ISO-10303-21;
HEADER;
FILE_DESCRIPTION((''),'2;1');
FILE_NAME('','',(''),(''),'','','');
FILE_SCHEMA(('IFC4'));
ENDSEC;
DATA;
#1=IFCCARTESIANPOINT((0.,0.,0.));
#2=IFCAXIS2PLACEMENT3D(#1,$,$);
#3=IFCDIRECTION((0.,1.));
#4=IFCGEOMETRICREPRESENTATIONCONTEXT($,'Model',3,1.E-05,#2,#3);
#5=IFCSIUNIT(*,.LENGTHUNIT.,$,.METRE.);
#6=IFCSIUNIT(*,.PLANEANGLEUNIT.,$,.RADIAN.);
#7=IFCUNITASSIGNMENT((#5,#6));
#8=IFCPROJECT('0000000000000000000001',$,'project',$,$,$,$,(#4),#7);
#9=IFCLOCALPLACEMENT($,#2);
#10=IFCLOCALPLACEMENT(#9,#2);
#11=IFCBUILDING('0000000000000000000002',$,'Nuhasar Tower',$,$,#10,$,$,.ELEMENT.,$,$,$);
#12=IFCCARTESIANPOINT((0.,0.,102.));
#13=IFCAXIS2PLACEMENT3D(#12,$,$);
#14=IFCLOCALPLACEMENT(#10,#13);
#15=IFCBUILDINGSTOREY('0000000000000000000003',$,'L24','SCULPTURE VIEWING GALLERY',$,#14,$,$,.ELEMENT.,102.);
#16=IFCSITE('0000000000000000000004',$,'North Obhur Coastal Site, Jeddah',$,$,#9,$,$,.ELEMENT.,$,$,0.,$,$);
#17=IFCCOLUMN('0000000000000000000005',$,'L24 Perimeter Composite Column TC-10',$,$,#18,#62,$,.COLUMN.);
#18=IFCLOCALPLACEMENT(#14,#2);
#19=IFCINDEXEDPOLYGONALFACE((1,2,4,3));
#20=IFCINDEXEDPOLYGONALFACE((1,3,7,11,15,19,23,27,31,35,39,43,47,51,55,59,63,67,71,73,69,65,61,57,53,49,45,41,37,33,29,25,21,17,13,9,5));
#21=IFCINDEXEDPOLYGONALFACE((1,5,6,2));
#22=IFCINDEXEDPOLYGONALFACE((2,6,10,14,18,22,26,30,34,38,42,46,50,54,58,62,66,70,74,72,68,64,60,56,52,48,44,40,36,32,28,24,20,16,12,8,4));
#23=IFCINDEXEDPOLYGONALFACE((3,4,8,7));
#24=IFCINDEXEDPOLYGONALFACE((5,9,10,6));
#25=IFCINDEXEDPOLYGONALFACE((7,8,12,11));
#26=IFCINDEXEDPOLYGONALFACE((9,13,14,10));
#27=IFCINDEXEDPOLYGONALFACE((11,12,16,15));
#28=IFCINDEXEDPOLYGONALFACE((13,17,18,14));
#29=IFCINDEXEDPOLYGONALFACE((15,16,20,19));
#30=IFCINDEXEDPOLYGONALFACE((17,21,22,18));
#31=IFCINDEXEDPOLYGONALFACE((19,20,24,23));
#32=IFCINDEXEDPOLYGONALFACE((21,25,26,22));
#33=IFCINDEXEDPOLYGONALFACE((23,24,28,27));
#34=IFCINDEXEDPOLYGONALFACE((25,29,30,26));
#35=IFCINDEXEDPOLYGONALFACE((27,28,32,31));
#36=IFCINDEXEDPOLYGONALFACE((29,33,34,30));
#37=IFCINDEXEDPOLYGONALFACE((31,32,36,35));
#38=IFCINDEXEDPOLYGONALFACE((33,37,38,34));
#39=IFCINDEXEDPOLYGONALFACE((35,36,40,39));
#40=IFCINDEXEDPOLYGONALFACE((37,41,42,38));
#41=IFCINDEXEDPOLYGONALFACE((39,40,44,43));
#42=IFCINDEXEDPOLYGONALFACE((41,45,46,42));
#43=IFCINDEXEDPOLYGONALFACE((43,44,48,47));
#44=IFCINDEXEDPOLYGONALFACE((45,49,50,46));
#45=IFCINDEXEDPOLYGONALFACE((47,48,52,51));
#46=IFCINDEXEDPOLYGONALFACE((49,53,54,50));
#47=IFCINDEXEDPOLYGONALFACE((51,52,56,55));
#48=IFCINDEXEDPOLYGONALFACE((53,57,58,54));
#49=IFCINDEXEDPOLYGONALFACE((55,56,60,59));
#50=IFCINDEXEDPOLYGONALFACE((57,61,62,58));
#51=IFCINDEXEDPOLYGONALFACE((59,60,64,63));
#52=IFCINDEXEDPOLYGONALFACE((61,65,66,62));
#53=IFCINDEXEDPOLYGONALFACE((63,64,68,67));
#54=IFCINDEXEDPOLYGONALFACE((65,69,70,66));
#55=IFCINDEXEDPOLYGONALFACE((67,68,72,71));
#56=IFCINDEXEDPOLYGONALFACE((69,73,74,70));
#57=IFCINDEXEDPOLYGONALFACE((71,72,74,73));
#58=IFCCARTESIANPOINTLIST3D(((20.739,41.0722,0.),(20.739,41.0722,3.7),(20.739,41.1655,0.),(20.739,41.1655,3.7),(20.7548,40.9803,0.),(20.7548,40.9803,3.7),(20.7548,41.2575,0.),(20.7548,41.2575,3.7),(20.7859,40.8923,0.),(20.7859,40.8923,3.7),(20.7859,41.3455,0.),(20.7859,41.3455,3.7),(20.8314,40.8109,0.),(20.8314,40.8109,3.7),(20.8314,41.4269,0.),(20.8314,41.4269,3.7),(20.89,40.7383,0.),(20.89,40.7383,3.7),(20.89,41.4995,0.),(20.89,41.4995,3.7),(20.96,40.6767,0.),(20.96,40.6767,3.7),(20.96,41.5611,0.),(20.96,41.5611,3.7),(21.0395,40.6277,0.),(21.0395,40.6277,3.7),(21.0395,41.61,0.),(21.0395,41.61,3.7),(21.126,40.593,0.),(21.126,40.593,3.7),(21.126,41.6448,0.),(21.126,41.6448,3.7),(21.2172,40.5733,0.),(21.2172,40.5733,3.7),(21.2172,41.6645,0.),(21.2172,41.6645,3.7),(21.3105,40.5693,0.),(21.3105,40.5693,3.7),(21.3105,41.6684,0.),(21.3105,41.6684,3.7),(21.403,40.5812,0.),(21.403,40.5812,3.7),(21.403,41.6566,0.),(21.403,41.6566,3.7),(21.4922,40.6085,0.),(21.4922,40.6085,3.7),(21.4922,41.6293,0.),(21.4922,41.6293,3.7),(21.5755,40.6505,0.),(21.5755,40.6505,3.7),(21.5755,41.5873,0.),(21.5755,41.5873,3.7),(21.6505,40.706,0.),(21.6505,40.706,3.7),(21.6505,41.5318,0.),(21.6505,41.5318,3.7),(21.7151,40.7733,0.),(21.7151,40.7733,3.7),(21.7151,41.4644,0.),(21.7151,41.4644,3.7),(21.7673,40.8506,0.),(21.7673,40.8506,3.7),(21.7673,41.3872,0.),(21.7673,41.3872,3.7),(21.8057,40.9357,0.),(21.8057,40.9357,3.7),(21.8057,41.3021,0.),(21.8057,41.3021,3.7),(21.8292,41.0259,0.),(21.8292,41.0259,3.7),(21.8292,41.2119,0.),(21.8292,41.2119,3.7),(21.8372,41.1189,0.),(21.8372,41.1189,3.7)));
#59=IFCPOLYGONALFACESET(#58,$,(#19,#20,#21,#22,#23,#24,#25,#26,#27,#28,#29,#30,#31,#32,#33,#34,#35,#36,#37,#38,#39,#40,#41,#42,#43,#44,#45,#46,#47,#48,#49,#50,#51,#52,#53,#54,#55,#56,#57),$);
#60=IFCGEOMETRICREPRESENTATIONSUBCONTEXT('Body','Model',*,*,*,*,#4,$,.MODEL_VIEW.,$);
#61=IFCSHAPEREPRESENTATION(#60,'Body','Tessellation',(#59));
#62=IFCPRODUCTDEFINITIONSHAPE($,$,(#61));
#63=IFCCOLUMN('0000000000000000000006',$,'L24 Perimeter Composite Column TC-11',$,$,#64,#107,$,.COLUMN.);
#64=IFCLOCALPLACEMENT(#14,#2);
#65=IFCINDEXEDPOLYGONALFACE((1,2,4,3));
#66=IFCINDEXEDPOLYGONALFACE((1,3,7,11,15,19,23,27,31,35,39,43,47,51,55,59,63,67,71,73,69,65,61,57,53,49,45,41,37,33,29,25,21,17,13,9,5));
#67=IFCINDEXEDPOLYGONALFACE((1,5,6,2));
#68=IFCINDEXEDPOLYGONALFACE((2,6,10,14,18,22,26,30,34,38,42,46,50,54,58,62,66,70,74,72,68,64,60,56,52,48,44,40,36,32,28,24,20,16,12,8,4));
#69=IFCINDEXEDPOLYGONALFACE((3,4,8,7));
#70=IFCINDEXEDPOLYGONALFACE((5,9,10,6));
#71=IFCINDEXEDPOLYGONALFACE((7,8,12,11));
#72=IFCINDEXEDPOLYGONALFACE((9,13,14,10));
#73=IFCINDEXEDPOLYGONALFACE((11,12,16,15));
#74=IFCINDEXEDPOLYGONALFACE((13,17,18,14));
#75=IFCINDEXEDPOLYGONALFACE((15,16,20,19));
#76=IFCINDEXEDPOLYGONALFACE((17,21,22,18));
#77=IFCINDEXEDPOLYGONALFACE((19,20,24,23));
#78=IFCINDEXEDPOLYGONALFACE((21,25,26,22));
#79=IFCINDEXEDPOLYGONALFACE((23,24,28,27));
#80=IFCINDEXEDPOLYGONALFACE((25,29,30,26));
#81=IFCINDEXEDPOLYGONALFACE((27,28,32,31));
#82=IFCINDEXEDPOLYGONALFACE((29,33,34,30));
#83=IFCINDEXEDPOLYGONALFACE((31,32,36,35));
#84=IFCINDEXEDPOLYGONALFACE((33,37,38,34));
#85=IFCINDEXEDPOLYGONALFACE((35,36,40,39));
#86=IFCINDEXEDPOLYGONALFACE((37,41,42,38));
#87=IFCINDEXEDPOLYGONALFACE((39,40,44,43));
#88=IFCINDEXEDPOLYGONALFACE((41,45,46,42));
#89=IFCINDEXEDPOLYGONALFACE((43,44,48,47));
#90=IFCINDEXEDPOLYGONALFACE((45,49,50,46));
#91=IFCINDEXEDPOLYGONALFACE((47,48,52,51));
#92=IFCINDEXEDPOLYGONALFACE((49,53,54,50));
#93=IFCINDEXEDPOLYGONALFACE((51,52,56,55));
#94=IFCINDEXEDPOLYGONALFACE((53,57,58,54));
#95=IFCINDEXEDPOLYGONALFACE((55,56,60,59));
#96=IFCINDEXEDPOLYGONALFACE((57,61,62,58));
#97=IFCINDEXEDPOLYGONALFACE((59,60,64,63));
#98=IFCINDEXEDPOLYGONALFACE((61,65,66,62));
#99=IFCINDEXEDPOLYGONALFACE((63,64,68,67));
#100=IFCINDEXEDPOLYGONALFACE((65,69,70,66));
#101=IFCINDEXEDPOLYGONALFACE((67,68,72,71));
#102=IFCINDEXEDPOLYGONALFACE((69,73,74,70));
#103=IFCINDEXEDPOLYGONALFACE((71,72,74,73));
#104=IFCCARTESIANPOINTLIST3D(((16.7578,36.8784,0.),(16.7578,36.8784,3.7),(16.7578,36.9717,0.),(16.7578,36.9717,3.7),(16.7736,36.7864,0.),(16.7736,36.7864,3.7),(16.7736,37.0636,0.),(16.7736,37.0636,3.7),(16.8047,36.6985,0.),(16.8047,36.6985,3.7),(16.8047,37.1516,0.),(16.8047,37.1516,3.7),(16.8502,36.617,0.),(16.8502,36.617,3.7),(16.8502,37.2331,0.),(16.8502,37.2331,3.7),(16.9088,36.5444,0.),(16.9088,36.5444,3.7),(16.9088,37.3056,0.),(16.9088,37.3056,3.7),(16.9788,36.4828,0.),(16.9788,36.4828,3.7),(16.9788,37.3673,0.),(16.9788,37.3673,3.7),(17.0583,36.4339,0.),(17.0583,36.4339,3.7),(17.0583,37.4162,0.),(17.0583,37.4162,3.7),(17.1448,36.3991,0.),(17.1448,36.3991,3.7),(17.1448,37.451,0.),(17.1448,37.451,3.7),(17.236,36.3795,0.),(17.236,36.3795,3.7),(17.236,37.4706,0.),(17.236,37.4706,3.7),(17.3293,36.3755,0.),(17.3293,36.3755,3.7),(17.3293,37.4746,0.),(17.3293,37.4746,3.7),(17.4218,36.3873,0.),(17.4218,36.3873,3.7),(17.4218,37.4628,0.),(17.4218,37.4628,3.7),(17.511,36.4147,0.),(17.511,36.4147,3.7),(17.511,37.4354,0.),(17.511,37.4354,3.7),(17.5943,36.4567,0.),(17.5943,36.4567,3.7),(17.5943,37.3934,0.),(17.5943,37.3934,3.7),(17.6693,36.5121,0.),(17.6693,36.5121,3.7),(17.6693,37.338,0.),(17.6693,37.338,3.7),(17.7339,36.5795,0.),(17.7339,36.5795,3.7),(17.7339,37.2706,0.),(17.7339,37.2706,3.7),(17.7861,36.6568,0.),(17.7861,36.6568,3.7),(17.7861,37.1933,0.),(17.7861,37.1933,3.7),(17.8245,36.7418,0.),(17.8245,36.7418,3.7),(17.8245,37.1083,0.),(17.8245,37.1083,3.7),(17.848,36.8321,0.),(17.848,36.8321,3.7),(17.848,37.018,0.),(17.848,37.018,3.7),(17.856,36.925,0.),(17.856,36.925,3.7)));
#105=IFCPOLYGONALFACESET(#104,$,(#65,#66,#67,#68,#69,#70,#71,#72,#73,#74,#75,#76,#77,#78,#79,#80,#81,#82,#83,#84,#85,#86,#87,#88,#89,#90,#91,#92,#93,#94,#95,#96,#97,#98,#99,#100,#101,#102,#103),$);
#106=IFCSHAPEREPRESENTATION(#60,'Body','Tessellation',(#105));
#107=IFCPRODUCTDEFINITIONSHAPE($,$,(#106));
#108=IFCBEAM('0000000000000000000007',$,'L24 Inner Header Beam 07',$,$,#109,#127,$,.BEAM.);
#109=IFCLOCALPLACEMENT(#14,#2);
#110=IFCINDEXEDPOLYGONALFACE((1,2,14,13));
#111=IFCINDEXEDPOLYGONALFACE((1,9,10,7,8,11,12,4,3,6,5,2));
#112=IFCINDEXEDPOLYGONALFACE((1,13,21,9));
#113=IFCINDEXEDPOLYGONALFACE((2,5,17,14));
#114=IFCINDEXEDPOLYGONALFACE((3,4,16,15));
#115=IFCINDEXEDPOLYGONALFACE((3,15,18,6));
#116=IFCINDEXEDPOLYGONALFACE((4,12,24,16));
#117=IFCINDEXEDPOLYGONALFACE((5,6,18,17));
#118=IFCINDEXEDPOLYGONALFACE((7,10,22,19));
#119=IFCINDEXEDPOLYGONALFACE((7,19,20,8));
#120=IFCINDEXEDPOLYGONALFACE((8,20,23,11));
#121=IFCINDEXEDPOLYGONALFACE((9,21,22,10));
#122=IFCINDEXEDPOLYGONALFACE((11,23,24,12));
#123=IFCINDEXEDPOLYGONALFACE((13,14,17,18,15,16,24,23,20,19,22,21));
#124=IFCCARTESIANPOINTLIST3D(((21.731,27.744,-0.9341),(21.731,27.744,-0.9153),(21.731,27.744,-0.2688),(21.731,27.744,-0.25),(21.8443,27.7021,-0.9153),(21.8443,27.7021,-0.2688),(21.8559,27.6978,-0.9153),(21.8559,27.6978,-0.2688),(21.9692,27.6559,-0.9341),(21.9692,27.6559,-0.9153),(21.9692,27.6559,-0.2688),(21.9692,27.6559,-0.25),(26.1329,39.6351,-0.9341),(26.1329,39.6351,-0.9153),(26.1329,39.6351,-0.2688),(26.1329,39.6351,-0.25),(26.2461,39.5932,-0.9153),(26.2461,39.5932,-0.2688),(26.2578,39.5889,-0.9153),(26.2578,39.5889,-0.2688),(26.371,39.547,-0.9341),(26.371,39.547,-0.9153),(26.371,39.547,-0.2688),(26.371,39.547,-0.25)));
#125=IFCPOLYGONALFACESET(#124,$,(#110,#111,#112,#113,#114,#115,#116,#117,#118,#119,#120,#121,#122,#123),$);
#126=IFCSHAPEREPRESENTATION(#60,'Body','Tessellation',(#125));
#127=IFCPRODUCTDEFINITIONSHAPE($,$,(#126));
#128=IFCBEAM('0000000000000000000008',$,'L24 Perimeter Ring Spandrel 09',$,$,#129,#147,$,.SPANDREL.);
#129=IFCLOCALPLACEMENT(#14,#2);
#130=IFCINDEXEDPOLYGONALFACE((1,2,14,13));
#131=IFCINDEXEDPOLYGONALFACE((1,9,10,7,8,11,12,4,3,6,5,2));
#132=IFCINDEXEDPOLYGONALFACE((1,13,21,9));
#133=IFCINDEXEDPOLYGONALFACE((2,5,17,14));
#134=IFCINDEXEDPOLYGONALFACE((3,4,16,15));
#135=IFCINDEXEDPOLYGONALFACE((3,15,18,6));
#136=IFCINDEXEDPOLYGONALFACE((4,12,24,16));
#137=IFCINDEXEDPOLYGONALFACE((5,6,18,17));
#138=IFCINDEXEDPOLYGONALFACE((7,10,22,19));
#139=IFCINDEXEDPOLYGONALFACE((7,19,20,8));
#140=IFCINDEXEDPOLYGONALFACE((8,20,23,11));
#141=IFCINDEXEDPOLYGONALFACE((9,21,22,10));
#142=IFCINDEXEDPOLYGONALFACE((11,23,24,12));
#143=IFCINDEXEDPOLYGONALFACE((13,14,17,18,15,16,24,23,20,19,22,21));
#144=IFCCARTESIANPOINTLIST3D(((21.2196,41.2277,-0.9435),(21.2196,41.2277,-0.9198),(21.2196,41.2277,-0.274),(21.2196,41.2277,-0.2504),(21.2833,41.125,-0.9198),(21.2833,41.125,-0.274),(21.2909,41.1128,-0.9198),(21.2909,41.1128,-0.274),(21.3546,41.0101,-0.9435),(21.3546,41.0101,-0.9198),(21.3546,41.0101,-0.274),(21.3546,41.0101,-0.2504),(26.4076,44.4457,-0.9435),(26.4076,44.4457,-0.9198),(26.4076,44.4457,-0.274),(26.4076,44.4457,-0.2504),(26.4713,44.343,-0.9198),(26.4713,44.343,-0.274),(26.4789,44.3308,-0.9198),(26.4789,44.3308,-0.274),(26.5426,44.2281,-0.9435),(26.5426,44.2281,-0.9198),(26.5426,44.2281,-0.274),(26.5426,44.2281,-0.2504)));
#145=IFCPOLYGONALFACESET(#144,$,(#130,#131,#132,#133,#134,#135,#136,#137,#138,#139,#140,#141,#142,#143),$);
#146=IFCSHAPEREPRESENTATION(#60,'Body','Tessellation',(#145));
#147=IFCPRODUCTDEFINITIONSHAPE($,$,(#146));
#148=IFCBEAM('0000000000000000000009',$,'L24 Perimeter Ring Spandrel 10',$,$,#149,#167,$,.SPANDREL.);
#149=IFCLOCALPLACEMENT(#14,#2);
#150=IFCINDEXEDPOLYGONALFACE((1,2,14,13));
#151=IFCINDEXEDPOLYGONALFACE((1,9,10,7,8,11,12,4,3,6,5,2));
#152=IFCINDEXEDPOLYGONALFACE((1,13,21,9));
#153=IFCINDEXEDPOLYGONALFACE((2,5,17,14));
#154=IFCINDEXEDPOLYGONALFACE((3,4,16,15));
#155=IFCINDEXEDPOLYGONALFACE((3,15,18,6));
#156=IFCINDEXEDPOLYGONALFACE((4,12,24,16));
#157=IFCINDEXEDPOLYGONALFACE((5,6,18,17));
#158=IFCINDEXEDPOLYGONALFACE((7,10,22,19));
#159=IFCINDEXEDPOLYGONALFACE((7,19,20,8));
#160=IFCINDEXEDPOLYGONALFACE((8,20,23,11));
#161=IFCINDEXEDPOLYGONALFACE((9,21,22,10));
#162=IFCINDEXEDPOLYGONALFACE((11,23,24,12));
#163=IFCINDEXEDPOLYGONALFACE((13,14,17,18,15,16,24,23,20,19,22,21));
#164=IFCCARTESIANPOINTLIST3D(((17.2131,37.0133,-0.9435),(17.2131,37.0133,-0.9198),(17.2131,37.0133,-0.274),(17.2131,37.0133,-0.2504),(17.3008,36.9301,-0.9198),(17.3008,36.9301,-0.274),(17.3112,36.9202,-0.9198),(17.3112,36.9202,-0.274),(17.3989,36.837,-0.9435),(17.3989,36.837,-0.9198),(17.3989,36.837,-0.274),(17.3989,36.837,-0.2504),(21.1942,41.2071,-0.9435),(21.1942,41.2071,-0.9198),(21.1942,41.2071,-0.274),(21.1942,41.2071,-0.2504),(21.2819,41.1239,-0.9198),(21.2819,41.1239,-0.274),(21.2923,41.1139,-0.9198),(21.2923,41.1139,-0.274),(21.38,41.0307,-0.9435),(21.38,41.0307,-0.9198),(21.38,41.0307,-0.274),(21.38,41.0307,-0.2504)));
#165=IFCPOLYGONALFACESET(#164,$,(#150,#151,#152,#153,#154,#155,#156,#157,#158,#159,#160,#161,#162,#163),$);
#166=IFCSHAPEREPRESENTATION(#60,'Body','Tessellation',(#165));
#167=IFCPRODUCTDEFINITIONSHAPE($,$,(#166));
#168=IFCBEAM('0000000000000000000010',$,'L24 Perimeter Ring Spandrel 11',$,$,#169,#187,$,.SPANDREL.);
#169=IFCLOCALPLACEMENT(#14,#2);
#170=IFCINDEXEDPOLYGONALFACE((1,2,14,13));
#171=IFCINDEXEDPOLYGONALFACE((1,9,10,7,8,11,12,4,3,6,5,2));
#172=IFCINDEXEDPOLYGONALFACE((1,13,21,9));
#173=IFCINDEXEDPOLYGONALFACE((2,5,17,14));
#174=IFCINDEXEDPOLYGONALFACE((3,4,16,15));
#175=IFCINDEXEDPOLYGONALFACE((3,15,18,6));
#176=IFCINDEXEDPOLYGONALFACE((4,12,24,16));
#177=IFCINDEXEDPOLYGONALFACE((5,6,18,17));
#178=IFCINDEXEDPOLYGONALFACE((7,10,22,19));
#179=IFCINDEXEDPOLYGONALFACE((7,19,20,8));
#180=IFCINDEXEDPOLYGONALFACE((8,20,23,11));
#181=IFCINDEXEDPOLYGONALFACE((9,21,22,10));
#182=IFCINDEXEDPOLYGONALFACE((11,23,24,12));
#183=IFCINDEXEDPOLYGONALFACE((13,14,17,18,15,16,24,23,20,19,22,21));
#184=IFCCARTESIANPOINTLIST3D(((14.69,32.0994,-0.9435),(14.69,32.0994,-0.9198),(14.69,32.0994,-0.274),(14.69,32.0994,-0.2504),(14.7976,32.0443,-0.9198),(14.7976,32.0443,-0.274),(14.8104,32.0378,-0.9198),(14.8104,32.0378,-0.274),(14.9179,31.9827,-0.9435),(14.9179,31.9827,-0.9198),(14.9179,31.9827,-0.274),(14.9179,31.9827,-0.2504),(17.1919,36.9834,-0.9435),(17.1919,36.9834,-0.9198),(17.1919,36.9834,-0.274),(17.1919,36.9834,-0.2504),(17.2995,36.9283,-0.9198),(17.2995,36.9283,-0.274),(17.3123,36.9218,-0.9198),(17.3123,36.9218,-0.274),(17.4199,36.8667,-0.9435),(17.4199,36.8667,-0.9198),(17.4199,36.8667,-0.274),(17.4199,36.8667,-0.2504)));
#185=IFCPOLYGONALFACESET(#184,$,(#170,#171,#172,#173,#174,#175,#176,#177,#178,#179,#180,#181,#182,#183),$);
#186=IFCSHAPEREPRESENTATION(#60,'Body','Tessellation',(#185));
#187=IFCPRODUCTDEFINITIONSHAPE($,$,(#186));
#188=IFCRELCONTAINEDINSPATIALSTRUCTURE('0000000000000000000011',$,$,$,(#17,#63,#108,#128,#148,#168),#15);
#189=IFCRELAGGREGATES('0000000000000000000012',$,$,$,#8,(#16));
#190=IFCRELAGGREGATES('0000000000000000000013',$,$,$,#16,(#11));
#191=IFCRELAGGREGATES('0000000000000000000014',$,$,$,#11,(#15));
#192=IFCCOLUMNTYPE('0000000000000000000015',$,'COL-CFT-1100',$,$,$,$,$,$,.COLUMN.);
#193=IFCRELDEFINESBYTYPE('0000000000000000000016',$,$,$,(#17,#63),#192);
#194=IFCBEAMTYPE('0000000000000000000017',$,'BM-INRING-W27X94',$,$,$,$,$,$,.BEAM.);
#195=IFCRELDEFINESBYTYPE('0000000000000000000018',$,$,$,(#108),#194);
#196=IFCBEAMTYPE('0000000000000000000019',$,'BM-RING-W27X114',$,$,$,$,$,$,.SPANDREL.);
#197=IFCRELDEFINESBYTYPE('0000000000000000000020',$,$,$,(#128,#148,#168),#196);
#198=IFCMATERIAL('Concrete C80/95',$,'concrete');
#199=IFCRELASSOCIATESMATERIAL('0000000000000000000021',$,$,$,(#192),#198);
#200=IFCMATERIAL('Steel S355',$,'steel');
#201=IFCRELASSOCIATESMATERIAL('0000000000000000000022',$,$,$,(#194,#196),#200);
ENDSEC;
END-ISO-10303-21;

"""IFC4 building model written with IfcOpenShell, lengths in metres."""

from ifc_helpers import new_model, si_unit, direction, frame, origin, origin_2d, place, context, subcontext, project, spatial, circle, i_section, extrude, material, material_profile, profile_set, type_object, element, save


model = new_model("IFC4")

# Units and contexts
model_context = context("Model", 3, precision=1e-05, world=origin(), true_north=direction((0.0, 1.0)))
body_context = subcontext(model_context, "Body", "Model", "MODEL_VIEW")
ifc_project = project(units=[si_unit("LENGTHUNIT", "METRE"), si_unit("PLANEANGLEUNIT", "RADIAN")], contexts=[model_context])

# Site, building, storey
site_placement = place(None, origin())
site = spatial("IfcSite", under=ifc_project, at=site_placement, Name="North Obhur Coastal Site, Jeddah", CompositionType="ELEMENT", RefElevation=0.0)
building_placement = place(site_placement, origin())
building = spatial("IfcBuilding", under=site, at=building_placement, Name="Nuhasar Tower", CompositionType="ELEMENT")
storey_placement = place(building_placement, frame((0.0, 0.0, 102.0)))
storey = spatial("IfcBuildingStorey", under=building, at=storey_placement, Name="L24", Description="SCULPTURE VIEWING GALLERY", CompositionType="ELEMENT", Elevation=102.0)

# Columns
ifc_material_1 = material(Name="Concrete C80/95", Category="concrete")
ifc_material_profile_1 = material_profile(ifc_material_1, circle(Radius=0.55, at=origin_2d()), Name="CFT1100")
ifc_profile_set_1 = profile_set([ifc_material_profile_1], Name="Concrete C80/95")
column_type = type_object("IfcColumnType", Name="COL-CFT-1100", PredefinedType="COLUMN", material=ifc_profile_set_1)
for number, where, z_axis, x_axis, name in (
    (1, (21.2871, 41.1189, 0.0), (0.0, 0.0, 1.0), (1.0, 0.0, 0.0), "L24 Perimeter Composite Column TC-10"),
    (2, (17.3059, 36.925, 0.0), (0.0, 0.0, 1.0), (1.0, 0.0, 0.0), "L24 Perimeter Composite Column TC-11"),
):
    element("IfcColumn", number, at=place(storey_placement, frame(where, z_axis=z_axis, x_axis=x_axis)), inside=storey, type_object=column_type, Name=name, PredefinedType="COLUMN", context=body_context, shape_type="SweptSolid", body=[
        extrude(circle(Radius=0.55, at=origin_2d()), origin(), (0.0, 0.0, 1.0), 3.7),
    ])

# Beams
ifc_material_2 = material(Name="Steel S355", Category="steel")
ifc_material_profile_2 = material_profile(ifc_material_2, i_section(OverallWidth=0.2539, OverallDepth=0.6841, WebThickness=0.0125, FlangeThickness=0.0188, at=origin_2d()), Name="W27X94")
ifc_profile_set_2 = profile_set([ifc_material_profile_2], Name="Steel S355")
beam_type_1 = type_object("IfcBeamType", Name="BM-INRING-W27X94", PredefinedType="BEAM", material=ifc_profile_set_2)
beam_1_placement = place(storey_placement, frame((26.252, 39.5911, -0.592), z_axis=(-0.347158, -0.937807, 0.0), x_axis=(0.937807, -0.347158, 0.0)))
element("IfcBeam", 3, at=beam_1_placement, inside=storey, type_object=beam_type_1, Name="L24 Inner Header Beam 07", PredefinedType="BEAM", context=body_context, shape_type="SweptSolid", body=[
    extrude(i_section(OverallWidth=0.2539, OverallDepth=0.6841, WebThickness=0.0125, FlangeThickness=0.0188, at=origin_2d()), origin(), (0.0, 0.0, 1.0), 12.6797),
])
ifc_material_profile_3 = material_profile(ifc_material_2, i_section(OverallWidth=0.2561, OverallDepth=0.6931, WebThickness=0.0144, FlangeThickness=0.0237, at=origin_2d()), Name="W27X114")
ifc_profile_set_3 = profile_set([ifc_material_profile_3], Name="Steel S355")
beam_type_2 = type_object("IfcBeamType", Name="BM-RING-W27X114", PredefinedType="SPANDREL", material=ifc_profile_set_3)
beam_2_placement = place(storey_placement, frame((26.4751, 44.3369, -0.5969), z_axis=(-0.849795, -0.527113, 0.0), x_axis=(0.527113, -0.849795, 0.0)))
element("IfcBeam", 4, at=beam_2_placement, inside=storey, type_object=beam_type_2, Name="L24 Perimeter Ring Spandrel 09", PredefinedType="SPANDREL", context=body_context, shape_type="SweptSolid", body=[
    extrude(i_section(OverallWidth=0.2561, OverallDepth=0.6931, WebThickness=0.0144, FlangeThickness=0.0237, at=origin_2d()), origin(), (0.0, 0.0, 1.0), 6.105),
])
beam_3_placement = place(storey_placement, frame((21.2871, 41.1189, -0.5969), z_axis=(-0.688481, -0.725254, 0.0), x_axis=(0.725254, -0.688481, 0.0)))
element("IfcBeam", 5, at=beam_3_placement, inside=storey, type_object=beam_type_2, Name="L24 Perimeter Ring Spandrel 10", PredefinedType="SPANDREL", context=body_context, shape_type="SweptSolid", body=[
    extrude(i_section(OverallWidth=0.2561, OverallDepth=0.6931, WebThickness=0.0144, FlangeThickness=0.0237, at=origin_2d()), origin(), (0.0, 0.0, 1.0), 5.7825),
])
beam_4_placement = place(storey_placement, frame((17.3059, 36.925, -0.5969), z_axis=(-0.45593, -0.890016, 0.0), x_axis=(0.890016, -0.45593, 0.0)))
element("IfcBeam", 6, at=beam_4_placement, inside=storey, type_object=beam_type_2, Name="L24 Perimeter Ring Spandrel 11", PredefinedType="SPANDREL", context=body_context, shape_type="SweptSolid", body=[
    extrude(i_section(OverallWidth=0.2561, OverallDepth=0.6931, WebThickness=0.0144, FlangeThickness=0.0237, at=origin_2d()), origin(), (0.0, 0.0, 1.0), 5.4875),
])

save(model, "model.ifc")
